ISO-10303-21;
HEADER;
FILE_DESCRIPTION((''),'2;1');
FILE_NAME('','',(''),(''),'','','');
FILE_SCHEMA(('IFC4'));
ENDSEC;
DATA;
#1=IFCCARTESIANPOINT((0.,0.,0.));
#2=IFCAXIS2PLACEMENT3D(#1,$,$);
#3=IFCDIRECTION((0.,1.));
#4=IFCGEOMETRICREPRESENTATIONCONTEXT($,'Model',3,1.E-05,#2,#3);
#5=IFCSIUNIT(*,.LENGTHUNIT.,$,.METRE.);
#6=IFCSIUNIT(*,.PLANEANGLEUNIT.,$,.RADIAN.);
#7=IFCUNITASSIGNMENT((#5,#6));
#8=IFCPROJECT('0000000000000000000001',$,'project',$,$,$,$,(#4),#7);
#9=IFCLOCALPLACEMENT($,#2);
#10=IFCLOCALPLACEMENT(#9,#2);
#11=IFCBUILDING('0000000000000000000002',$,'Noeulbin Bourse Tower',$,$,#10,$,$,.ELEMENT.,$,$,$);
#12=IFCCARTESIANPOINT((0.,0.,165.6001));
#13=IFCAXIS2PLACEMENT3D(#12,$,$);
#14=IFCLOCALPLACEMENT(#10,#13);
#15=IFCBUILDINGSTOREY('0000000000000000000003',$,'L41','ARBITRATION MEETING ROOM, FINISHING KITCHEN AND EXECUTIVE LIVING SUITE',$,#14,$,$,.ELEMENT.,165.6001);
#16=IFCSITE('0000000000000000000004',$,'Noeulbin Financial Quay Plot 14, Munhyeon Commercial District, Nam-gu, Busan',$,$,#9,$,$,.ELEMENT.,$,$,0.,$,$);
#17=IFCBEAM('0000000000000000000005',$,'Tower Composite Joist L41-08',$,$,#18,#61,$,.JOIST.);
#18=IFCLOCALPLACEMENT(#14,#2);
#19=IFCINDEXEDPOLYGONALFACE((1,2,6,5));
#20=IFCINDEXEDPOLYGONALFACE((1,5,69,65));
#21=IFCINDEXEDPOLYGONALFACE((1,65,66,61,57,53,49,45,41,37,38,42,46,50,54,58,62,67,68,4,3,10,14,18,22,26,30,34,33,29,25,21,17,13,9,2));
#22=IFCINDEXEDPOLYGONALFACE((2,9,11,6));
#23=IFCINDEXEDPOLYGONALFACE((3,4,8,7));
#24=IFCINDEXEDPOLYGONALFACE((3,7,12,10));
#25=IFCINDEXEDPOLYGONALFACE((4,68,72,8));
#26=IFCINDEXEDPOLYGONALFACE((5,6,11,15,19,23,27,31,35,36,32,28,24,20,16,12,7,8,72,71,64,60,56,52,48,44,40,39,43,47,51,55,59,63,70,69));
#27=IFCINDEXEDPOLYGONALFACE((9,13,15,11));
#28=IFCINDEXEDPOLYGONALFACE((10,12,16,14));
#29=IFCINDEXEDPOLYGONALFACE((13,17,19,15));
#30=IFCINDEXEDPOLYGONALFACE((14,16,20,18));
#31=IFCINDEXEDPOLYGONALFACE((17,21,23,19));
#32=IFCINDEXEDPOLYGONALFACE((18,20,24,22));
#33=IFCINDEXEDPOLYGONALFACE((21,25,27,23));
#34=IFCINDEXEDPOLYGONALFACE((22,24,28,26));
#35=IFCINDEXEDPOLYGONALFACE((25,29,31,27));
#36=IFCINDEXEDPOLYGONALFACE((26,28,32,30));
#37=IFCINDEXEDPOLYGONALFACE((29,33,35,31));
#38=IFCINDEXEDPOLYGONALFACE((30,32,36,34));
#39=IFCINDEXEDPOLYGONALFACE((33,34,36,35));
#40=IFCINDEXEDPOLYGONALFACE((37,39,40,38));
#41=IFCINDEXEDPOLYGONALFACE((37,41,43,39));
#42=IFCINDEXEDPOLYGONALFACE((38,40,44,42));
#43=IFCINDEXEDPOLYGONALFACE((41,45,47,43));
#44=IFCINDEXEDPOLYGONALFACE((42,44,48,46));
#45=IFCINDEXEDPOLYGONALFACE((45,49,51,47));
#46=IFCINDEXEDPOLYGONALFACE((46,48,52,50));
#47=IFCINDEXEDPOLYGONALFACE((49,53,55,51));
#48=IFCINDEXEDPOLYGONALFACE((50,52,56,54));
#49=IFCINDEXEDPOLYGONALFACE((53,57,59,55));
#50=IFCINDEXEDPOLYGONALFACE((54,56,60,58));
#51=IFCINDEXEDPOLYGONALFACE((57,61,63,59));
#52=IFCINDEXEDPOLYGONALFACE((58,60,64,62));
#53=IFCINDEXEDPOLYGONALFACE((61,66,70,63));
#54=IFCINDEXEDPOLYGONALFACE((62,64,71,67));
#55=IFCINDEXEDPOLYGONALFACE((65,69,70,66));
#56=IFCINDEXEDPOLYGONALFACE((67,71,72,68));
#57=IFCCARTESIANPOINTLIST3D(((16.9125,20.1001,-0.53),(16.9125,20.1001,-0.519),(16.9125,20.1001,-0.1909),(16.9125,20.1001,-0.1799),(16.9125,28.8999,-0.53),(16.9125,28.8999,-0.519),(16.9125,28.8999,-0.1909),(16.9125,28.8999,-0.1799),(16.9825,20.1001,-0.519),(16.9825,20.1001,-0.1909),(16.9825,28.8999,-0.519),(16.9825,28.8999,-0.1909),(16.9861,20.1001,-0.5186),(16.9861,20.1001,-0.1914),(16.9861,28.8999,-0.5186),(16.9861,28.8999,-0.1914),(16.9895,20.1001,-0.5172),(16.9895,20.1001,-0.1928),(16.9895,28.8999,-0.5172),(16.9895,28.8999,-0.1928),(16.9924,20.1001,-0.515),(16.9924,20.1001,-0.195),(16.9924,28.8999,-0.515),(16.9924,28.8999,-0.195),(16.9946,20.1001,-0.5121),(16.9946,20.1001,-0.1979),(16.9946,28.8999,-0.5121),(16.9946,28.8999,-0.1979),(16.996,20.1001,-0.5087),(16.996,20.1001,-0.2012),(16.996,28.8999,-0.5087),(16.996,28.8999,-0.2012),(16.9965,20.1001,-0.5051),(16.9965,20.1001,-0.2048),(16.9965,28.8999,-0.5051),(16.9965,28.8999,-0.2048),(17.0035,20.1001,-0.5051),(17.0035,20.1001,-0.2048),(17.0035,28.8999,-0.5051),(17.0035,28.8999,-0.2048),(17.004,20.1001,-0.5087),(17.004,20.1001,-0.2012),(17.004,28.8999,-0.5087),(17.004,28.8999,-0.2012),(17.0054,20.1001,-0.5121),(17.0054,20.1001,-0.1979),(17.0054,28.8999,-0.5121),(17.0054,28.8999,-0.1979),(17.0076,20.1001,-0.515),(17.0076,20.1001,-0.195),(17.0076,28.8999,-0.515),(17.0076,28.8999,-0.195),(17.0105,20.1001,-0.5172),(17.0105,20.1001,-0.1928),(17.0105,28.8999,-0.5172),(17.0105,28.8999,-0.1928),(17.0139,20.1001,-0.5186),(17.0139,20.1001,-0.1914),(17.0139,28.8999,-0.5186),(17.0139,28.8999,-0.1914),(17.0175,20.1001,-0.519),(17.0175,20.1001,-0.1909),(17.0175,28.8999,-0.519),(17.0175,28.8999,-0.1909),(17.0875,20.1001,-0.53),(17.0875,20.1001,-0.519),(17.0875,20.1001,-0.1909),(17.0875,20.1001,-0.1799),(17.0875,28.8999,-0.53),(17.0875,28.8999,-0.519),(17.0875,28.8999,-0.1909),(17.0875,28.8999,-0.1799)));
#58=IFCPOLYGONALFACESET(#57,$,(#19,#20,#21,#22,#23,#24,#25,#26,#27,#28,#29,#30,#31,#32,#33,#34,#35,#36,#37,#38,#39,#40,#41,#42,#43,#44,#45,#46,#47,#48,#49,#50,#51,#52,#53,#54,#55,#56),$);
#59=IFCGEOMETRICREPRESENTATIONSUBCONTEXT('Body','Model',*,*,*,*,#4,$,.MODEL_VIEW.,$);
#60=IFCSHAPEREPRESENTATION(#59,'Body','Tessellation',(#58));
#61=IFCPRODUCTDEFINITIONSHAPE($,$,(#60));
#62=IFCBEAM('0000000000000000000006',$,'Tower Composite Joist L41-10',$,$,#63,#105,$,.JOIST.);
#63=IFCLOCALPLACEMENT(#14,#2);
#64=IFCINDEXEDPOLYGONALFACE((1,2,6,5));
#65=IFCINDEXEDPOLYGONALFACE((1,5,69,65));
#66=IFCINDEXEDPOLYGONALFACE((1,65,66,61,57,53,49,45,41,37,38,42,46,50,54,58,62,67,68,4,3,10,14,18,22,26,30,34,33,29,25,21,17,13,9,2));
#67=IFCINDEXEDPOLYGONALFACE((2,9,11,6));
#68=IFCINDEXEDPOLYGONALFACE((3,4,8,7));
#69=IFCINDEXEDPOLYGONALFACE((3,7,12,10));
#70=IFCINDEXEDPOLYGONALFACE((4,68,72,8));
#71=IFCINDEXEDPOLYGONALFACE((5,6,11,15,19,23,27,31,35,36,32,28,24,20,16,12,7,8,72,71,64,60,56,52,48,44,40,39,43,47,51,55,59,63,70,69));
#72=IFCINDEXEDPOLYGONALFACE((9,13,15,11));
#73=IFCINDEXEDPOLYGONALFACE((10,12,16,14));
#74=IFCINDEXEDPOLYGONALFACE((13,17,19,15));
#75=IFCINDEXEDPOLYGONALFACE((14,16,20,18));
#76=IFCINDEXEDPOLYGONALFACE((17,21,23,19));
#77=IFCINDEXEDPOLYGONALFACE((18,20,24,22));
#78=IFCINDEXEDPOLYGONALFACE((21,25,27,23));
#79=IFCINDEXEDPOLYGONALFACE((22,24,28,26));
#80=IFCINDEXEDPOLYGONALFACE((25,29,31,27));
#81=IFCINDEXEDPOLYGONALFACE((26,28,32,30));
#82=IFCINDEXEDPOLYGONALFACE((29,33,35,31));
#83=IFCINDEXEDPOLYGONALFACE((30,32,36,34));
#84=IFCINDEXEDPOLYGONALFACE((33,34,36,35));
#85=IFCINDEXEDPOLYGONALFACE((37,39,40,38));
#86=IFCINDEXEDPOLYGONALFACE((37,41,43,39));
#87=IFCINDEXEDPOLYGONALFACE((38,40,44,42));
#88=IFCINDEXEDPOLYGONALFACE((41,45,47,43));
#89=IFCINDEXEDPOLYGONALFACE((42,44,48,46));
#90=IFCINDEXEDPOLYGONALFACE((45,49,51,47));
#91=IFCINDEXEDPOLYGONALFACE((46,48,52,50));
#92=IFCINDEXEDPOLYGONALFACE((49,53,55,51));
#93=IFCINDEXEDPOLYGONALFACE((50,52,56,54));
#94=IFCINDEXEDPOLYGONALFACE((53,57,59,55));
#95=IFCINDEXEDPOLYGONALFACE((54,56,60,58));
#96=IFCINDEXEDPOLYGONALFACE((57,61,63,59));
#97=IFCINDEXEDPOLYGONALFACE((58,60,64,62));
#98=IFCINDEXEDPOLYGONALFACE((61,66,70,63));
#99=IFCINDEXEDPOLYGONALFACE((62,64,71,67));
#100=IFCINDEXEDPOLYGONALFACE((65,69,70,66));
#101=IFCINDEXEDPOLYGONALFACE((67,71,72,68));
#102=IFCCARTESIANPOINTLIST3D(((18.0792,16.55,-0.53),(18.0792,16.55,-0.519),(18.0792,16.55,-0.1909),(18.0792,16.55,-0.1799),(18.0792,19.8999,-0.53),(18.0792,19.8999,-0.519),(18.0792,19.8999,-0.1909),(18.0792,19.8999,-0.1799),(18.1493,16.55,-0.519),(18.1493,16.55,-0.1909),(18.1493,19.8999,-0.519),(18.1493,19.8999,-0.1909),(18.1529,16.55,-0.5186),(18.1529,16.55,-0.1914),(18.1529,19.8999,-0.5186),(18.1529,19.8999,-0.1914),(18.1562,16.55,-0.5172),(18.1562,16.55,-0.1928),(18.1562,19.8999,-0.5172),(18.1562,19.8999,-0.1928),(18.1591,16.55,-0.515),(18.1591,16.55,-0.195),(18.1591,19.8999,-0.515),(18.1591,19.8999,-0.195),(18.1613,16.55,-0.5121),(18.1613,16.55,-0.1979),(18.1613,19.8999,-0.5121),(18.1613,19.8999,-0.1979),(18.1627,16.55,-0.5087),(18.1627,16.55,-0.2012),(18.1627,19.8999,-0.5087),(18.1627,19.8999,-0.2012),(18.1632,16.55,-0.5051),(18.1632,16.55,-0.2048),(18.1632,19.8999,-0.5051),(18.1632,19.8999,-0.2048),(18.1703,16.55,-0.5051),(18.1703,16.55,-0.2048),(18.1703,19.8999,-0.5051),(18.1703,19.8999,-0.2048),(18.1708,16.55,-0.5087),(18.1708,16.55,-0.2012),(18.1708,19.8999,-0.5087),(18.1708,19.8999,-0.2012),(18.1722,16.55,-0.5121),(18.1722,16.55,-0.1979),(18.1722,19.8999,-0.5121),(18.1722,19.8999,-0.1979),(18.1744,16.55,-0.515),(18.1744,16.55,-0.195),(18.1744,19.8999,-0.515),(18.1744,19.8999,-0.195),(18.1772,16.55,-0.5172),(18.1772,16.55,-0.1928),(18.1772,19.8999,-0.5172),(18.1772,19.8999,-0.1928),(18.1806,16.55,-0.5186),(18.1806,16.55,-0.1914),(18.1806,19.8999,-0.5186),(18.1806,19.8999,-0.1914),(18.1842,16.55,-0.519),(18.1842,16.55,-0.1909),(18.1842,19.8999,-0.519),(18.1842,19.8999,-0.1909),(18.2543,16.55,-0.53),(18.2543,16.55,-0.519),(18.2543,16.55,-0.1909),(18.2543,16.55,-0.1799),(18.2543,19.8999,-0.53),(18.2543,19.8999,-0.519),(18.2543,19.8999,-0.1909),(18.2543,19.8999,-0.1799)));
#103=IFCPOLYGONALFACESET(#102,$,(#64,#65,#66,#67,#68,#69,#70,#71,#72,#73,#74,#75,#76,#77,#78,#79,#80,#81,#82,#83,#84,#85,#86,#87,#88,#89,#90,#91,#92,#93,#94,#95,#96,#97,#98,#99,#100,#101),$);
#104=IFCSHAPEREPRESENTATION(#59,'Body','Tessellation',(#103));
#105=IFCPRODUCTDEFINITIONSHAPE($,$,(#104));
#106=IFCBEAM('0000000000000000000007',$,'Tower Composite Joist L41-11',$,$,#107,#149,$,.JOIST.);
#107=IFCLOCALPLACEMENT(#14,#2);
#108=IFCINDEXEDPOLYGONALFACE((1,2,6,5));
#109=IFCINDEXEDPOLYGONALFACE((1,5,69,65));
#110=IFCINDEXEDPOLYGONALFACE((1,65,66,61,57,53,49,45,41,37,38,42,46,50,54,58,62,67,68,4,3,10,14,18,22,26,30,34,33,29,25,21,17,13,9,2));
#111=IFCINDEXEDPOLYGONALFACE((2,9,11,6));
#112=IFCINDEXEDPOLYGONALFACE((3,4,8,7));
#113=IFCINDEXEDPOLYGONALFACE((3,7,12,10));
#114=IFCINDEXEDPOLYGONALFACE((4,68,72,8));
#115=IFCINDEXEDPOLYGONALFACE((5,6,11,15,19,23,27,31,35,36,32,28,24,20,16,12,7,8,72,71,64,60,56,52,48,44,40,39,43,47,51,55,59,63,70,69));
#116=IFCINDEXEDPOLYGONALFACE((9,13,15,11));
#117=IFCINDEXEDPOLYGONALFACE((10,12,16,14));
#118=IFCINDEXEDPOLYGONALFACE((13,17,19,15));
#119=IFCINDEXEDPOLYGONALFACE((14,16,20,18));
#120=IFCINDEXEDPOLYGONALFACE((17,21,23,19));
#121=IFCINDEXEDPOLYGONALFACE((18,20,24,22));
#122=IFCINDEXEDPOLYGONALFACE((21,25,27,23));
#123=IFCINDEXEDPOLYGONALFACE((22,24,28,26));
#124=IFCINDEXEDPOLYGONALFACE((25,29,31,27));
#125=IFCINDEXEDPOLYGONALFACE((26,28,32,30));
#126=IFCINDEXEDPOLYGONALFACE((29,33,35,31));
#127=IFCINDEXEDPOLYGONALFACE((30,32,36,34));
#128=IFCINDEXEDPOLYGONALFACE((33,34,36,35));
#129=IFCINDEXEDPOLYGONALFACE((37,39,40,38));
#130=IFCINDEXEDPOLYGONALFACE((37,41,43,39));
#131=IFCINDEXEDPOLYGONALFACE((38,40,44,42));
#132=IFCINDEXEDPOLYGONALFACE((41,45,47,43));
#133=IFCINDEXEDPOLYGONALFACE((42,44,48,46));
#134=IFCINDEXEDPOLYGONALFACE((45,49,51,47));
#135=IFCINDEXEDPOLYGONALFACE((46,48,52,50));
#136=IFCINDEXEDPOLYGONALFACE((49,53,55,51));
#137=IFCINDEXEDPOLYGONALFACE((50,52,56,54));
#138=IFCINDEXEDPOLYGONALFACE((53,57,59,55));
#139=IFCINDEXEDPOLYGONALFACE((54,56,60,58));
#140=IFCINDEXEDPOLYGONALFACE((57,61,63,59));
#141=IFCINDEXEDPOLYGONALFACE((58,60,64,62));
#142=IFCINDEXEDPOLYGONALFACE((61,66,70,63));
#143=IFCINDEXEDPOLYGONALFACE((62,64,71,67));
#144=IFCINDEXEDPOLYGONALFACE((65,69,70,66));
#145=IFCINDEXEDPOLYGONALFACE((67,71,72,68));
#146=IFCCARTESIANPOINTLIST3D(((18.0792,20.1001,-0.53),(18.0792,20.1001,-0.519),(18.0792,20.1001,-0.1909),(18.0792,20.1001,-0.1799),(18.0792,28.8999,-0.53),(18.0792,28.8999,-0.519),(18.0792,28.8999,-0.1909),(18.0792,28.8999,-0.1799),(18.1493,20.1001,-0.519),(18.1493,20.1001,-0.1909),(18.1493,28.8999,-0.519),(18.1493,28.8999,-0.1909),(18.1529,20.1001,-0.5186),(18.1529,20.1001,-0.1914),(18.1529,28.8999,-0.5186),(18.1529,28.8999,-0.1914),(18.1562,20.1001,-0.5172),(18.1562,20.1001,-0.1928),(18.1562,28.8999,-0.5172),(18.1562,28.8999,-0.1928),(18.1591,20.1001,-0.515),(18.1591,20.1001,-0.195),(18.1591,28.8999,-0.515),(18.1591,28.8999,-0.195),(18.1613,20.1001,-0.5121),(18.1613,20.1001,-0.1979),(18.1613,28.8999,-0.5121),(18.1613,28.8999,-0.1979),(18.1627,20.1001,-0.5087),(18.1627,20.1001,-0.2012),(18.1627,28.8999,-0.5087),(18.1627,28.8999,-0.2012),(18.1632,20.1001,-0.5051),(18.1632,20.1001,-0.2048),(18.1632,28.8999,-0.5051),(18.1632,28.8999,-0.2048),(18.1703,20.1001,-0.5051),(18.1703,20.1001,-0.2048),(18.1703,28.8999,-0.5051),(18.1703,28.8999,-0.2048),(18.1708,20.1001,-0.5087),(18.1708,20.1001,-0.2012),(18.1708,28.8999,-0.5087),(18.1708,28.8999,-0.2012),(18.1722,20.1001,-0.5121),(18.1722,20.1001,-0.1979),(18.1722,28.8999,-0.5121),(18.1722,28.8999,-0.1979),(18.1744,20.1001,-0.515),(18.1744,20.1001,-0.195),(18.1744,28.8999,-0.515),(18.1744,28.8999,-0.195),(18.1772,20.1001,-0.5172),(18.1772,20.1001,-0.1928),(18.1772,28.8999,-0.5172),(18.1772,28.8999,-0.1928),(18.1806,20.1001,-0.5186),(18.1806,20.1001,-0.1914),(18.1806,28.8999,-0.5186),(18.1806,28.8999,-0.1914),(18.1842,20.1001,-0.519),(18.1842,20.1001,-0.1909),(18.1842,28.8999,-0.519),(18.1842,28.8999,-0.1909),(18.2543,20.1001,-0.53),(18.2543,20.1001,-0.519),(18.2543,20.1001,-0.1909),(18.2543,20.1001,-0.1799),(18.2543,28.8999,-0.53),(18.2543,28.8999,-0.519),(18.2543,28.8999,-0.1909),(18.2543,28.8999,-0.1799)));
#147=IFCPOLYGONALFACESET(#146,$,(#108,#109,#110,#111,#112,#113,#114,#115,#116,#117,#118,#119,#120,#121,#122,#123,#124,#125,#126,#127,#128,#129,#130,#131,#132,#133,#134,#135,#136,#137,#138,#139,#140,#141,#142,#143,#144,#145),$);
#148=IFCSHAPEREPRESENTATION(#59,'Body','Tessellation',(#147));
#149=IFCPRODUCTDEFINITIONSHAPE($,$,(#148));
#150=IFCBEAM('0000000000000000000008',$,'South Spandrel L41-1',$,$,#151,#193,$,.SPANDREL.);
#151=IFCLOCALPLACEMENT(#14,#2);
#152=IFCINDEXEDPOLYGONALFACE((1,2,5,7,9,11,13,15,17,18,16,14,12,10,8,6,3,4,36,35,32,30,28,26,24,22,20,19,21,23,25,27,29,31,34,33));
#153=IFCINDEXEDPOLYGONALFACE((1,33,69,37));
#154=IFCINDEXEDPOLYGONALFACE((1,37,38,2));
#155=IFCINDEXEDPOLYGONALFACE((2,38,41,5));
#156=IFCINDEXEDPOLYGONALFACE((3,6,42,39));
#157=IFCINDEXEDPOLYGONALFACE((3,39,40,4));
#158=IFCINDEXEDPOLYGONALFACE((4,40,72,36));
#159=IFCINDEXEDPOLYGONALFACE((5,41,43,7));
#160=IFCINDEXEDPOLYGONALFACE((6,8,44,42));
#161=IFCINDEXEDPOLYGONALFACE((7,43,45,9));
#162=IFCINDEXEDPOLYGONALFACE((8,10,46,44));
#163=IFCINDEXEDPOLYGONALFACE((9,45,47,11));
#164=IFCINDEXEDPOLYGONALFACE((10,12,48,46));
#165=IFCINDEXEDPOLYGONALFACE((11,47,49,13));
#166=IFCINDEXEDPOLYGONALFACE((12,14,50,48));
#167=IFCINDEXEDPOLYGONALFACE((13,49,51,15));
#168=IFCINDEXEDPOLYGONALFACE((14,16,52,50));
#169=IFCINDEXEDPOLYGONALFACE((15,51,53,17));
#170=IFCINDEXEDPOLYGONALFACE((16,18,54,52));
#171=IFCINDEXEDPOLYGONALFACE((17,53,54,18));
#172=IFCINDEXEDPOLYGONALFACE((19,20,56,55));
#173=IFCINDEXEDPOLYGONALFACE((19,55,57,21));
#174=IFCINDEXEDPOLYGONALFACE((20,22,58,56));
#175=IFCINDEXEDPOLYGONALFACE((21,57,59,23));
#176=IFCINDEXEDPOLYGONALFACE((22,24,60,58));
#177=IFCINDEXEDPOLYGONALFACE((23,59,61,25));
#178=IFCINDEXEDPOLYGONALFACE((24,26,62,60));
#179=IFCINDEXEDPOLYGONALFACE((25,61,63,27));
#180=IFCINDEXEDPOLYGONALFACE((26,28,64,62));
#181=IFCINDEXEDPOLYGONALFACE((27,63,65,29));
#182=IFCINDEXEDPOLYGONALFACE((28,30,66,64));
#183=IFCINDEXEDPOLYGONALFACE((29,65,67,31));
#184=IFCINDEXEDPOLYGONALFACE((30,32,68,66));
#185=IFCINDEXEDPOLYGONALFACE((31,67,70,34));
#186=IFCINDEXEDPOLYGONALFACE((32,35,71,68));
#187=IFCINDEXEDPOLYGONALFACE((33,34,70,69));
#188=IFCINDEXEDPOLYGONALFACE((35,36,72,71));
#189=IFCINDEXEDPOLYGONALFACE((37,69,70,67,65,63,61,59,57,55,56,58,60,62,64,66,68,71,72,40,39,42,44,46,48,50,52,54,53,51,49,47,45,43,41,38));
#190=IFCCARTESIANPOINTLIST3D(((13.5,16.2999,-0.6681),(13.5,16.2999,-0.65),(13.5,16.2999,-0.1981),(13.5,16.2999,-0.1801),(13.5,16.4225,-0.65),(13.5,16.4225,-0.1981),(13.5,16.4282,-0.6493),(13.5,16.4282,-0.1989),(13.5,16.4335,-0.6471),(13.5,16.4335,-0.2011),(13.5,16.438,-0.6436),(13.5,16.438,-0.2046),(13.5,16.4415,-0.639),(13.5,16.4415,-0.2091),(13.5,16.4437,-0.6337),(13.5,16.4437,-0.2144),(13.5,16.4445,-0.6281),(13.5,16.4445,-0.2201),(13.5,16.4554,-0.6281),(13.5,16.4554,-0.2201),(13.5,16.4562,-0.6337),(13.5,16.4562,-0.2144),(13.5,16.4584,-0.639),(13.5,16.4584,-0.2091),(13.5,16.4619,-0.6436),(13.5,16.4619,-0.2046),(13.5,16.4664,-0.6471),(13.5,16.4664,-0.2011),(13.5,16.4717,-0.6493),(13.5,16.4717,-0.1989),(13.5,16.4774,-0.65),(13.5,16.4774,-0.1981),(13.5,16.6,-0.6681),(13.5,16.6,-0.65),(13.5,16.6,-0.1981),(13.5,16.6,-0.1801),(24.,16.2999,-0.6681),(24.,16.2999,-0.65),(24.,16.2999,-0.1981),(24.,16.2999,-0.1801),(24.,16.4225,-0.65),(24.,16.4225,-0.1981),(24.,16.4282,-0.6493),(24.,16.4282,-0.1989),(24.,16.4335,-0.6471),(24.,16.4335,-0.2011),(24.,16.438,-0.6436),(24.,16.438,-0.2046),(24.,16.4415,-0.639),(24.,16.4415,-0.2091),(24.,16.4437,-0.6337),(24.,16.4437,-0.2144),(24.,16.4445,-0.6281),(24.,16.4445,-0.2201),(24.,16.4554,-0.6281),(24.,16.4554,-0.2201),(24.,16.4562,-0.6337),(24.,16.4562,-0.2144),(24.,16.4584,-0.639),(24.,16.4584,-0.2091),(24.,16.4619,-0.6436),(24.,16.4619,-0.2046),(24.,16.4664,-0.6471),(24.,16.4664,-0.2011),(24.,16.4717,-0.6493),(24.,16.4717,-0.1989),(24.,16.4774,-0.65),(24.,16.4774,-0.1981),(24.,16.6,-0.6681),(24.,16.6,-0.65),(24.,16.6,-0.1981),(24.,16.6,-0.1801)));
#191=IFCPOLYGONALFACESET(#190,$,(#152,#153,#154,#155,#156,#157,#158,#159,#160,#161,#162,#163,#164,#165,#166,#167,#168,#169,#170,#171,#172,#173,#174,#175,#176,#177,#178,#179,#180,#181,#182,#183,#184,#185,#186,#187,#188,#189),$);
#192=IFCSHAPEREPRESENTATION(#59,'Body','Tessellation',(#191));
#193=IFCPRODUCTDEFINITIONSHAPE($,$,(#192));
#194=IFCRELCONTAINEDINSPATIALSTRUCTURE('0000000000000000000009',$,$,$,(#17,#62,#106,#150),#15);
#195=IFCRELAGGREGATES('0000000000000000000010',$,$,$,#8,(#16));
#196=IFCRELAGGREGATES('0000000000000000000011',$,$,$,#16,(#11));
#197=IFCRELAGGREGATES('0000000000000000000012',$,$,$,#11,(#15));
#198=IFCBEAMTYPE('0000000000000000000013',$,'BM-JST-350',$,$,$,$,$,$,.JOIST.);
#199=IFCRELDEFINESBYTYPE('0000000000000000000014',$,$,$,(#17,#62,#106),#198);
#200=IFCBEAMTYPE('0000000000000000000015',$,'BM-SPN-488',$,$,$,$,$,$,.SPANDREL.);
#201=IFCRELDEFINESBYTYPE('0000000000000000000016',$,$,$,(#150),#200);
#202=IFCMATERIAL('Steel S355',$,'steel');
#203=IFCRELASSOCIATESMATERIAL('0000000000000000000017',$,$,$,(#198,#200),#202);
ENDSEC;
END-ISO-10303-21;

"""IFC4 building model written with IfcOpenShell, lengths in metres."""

from ifc_helpers import new_model, si_unit, direction, frame, origin, origin_2d, place, context, subcontext, project, spatial, i_section, extrude, material, material_profile, profile_set, type_object, element, save


model = new_model("IFC4")

# Units and contexts
model_context = context("Model", 3, precision=1e-05, world=origin(), true_north=direction((0.0, 1.0)))
body_context = subcontext(model_context, "Body", "Model", "MODEL_VIEW")
ifc_project = project(units=[si_unit("LENGTHUNIT", "METRE"), si_unit("PLANEANGLEUNIT", "RADIAN")], contexts=[model_context])

# Site, building, storey
site_placement = place(None, origin())
site = spatial("IfcSite", under=ifc_project, at=site_placement, Name="Noeulbin Financial Quay Plot 14, Munhyeon Commercial District, Nam-gu, Busan", CompositionType="ELEMENT", RefElevation=0.0)
building_placement = place(site_placement, origin())
building = spatial("IfcBuilding", under=site, at=building_placement, Name="Noeulbin Bourse Tower", CompositionType="ELEMENT")
storey_placement = place(building_placement, frame((0.0, 0.0, 165.6001)))
storey = spatial("IfcBuildingStorey", under=building, at=storey_placement, Name="L41", Description="ARBITRATION MEETING ROOM, FINISHING KITCHEN AND EXECUTIVE LIVING SUITE", CompositionType="ELEMENT", Elevation=165.6001)

# Shared definitions
ifc_material_1 = material(Name="Steel S355", Category="steel")

# Beams
ifc_material_profile_1 = material_profile(ifc_material_1, i_section(OverallWidth=0.175, OverallDepth=0.3501, WebThickness=0.0071, FlangeThickness=0.011, FilletRadius=0.0139, at=origin_2d()), Name="H-350x175x7x11", Category="LoadBearing")
ifc_profile_set_1 = profile_set([ifc_material_profile_1], Name="Steel S355")
beam_type_1 = type_object("IfcBeamType", Name="BM-JST-350", PredefinedType="JOIST", material=ifc_profile_set_1)
beam_1_placement = place(storey_placement, frame((17.0, 20.1001, -0.355), z_axis=(0.0, 1.0, 0.0), x_axis=(-1.0, 0.0, 0.0)))
element("IfcBeam", 1, at=beam_1_placement, inside=storey, type_object=beam_type_1, Name="Tower Composite Joist L41-08", PredefinedType="JOIST", context=body_context, shape_type="SweptSolid", body=[
    extrude(i_section(OverallWidth=0.175, OverallDepth=0.3501, WebThickness=0.0071, FlangeThickness=0.011, FilletRadius=0.0139, at=origin_2d()), origin(), (0.0, 0.0, 1.0), 8.7998),
])
beam_2_placement = place(storey_placement, frame((18.1667, 16.55, -0.355), z_axis=(0.0, 1.0, 0.0), x_axis=(-1.0, 0.0, 0.0)))
element("IfcBeam", 2, at=beam_2_placement, inside=storey, type_object=beam_type_1, Name="Tower Composite Joist L41-10", PredefinedType="JOIST", context=body_context, shape_type="SweptSolid", body=[
    extrude(i_section(OverallWidth=0.175, OverallDepth=0.3501, WebThickness=0.0071, FlangeThickness=0.011, FilletRadius=0.0139, at=origin_2d()), origin(), (0.0, 0.0, 1.0), 3.3499),
])
beam_3_placement = place(storey_placement, frame((18.1667, 20.1001, -0.355), z_axis=(0.0, 1.0, 0.0), x_axis=(-1.0, 0.0, 0.0)))
element("IfcBeam", 3, at=beam_3_placement, inside=storey, type_object=beam_type_1, Name="Tower Composite Joist L41-11", PredefinedType="JOIST", context=body_context, shape_type="SweptSolid", body=[
    extrude(i_section(OverallWidth=0.175, OverallDepth=0.3501, WebThickness=0.0071, FlangeThickness=0.011, FilletRadius=0.0139, at=origin_2d()), origin(), (0.0, 0.0, 1.0), 8.7998),
])
ifc_material_profile_2 = material_profile(ifc_material_1, i_section(OverallWidth=0.3, OverallDepth=0.488, WebThickness=0.011, FlangeThickness=0.0181, FilletRadius=0.022, at=origin_2d()), Name="H-488x300x11x18", Category="LoadBearing")
ifc_profile_set_2 = profile_set([ifc_material_profile_2], Name="Steel S355")
beam_type_2 = type_object("IfcBeamType", Name="BM-SPN-488", PredefinedType="SPANDREL", material=ifc_profile_set_2)
beam_4_placement = place(storey_placement, frame((13.5, 16.45, -0.4241), z_axis=(1.0, 0.0, 0.0), x_axis=(0.0, 1.0, 0.0)))
element("IfcBeam", 4, at=beam_4_placement, inside=storey, type_object=beam_type_2, Name="South Spandrel L41-1", PredefinedType="SPANDREL", context=body_context, shape_type="SweptSolid", body=[
    extrude(i_section(OverallWidth=0.3, OverallDepth=0.488, WebThickness=0.011, FlangeThickness=0.0181, FilletRadius=0.022, at=origin_2d()), origin(), (0.0, 0.0, 1.0), 10.5),
])

save(model, "model.ifc")
